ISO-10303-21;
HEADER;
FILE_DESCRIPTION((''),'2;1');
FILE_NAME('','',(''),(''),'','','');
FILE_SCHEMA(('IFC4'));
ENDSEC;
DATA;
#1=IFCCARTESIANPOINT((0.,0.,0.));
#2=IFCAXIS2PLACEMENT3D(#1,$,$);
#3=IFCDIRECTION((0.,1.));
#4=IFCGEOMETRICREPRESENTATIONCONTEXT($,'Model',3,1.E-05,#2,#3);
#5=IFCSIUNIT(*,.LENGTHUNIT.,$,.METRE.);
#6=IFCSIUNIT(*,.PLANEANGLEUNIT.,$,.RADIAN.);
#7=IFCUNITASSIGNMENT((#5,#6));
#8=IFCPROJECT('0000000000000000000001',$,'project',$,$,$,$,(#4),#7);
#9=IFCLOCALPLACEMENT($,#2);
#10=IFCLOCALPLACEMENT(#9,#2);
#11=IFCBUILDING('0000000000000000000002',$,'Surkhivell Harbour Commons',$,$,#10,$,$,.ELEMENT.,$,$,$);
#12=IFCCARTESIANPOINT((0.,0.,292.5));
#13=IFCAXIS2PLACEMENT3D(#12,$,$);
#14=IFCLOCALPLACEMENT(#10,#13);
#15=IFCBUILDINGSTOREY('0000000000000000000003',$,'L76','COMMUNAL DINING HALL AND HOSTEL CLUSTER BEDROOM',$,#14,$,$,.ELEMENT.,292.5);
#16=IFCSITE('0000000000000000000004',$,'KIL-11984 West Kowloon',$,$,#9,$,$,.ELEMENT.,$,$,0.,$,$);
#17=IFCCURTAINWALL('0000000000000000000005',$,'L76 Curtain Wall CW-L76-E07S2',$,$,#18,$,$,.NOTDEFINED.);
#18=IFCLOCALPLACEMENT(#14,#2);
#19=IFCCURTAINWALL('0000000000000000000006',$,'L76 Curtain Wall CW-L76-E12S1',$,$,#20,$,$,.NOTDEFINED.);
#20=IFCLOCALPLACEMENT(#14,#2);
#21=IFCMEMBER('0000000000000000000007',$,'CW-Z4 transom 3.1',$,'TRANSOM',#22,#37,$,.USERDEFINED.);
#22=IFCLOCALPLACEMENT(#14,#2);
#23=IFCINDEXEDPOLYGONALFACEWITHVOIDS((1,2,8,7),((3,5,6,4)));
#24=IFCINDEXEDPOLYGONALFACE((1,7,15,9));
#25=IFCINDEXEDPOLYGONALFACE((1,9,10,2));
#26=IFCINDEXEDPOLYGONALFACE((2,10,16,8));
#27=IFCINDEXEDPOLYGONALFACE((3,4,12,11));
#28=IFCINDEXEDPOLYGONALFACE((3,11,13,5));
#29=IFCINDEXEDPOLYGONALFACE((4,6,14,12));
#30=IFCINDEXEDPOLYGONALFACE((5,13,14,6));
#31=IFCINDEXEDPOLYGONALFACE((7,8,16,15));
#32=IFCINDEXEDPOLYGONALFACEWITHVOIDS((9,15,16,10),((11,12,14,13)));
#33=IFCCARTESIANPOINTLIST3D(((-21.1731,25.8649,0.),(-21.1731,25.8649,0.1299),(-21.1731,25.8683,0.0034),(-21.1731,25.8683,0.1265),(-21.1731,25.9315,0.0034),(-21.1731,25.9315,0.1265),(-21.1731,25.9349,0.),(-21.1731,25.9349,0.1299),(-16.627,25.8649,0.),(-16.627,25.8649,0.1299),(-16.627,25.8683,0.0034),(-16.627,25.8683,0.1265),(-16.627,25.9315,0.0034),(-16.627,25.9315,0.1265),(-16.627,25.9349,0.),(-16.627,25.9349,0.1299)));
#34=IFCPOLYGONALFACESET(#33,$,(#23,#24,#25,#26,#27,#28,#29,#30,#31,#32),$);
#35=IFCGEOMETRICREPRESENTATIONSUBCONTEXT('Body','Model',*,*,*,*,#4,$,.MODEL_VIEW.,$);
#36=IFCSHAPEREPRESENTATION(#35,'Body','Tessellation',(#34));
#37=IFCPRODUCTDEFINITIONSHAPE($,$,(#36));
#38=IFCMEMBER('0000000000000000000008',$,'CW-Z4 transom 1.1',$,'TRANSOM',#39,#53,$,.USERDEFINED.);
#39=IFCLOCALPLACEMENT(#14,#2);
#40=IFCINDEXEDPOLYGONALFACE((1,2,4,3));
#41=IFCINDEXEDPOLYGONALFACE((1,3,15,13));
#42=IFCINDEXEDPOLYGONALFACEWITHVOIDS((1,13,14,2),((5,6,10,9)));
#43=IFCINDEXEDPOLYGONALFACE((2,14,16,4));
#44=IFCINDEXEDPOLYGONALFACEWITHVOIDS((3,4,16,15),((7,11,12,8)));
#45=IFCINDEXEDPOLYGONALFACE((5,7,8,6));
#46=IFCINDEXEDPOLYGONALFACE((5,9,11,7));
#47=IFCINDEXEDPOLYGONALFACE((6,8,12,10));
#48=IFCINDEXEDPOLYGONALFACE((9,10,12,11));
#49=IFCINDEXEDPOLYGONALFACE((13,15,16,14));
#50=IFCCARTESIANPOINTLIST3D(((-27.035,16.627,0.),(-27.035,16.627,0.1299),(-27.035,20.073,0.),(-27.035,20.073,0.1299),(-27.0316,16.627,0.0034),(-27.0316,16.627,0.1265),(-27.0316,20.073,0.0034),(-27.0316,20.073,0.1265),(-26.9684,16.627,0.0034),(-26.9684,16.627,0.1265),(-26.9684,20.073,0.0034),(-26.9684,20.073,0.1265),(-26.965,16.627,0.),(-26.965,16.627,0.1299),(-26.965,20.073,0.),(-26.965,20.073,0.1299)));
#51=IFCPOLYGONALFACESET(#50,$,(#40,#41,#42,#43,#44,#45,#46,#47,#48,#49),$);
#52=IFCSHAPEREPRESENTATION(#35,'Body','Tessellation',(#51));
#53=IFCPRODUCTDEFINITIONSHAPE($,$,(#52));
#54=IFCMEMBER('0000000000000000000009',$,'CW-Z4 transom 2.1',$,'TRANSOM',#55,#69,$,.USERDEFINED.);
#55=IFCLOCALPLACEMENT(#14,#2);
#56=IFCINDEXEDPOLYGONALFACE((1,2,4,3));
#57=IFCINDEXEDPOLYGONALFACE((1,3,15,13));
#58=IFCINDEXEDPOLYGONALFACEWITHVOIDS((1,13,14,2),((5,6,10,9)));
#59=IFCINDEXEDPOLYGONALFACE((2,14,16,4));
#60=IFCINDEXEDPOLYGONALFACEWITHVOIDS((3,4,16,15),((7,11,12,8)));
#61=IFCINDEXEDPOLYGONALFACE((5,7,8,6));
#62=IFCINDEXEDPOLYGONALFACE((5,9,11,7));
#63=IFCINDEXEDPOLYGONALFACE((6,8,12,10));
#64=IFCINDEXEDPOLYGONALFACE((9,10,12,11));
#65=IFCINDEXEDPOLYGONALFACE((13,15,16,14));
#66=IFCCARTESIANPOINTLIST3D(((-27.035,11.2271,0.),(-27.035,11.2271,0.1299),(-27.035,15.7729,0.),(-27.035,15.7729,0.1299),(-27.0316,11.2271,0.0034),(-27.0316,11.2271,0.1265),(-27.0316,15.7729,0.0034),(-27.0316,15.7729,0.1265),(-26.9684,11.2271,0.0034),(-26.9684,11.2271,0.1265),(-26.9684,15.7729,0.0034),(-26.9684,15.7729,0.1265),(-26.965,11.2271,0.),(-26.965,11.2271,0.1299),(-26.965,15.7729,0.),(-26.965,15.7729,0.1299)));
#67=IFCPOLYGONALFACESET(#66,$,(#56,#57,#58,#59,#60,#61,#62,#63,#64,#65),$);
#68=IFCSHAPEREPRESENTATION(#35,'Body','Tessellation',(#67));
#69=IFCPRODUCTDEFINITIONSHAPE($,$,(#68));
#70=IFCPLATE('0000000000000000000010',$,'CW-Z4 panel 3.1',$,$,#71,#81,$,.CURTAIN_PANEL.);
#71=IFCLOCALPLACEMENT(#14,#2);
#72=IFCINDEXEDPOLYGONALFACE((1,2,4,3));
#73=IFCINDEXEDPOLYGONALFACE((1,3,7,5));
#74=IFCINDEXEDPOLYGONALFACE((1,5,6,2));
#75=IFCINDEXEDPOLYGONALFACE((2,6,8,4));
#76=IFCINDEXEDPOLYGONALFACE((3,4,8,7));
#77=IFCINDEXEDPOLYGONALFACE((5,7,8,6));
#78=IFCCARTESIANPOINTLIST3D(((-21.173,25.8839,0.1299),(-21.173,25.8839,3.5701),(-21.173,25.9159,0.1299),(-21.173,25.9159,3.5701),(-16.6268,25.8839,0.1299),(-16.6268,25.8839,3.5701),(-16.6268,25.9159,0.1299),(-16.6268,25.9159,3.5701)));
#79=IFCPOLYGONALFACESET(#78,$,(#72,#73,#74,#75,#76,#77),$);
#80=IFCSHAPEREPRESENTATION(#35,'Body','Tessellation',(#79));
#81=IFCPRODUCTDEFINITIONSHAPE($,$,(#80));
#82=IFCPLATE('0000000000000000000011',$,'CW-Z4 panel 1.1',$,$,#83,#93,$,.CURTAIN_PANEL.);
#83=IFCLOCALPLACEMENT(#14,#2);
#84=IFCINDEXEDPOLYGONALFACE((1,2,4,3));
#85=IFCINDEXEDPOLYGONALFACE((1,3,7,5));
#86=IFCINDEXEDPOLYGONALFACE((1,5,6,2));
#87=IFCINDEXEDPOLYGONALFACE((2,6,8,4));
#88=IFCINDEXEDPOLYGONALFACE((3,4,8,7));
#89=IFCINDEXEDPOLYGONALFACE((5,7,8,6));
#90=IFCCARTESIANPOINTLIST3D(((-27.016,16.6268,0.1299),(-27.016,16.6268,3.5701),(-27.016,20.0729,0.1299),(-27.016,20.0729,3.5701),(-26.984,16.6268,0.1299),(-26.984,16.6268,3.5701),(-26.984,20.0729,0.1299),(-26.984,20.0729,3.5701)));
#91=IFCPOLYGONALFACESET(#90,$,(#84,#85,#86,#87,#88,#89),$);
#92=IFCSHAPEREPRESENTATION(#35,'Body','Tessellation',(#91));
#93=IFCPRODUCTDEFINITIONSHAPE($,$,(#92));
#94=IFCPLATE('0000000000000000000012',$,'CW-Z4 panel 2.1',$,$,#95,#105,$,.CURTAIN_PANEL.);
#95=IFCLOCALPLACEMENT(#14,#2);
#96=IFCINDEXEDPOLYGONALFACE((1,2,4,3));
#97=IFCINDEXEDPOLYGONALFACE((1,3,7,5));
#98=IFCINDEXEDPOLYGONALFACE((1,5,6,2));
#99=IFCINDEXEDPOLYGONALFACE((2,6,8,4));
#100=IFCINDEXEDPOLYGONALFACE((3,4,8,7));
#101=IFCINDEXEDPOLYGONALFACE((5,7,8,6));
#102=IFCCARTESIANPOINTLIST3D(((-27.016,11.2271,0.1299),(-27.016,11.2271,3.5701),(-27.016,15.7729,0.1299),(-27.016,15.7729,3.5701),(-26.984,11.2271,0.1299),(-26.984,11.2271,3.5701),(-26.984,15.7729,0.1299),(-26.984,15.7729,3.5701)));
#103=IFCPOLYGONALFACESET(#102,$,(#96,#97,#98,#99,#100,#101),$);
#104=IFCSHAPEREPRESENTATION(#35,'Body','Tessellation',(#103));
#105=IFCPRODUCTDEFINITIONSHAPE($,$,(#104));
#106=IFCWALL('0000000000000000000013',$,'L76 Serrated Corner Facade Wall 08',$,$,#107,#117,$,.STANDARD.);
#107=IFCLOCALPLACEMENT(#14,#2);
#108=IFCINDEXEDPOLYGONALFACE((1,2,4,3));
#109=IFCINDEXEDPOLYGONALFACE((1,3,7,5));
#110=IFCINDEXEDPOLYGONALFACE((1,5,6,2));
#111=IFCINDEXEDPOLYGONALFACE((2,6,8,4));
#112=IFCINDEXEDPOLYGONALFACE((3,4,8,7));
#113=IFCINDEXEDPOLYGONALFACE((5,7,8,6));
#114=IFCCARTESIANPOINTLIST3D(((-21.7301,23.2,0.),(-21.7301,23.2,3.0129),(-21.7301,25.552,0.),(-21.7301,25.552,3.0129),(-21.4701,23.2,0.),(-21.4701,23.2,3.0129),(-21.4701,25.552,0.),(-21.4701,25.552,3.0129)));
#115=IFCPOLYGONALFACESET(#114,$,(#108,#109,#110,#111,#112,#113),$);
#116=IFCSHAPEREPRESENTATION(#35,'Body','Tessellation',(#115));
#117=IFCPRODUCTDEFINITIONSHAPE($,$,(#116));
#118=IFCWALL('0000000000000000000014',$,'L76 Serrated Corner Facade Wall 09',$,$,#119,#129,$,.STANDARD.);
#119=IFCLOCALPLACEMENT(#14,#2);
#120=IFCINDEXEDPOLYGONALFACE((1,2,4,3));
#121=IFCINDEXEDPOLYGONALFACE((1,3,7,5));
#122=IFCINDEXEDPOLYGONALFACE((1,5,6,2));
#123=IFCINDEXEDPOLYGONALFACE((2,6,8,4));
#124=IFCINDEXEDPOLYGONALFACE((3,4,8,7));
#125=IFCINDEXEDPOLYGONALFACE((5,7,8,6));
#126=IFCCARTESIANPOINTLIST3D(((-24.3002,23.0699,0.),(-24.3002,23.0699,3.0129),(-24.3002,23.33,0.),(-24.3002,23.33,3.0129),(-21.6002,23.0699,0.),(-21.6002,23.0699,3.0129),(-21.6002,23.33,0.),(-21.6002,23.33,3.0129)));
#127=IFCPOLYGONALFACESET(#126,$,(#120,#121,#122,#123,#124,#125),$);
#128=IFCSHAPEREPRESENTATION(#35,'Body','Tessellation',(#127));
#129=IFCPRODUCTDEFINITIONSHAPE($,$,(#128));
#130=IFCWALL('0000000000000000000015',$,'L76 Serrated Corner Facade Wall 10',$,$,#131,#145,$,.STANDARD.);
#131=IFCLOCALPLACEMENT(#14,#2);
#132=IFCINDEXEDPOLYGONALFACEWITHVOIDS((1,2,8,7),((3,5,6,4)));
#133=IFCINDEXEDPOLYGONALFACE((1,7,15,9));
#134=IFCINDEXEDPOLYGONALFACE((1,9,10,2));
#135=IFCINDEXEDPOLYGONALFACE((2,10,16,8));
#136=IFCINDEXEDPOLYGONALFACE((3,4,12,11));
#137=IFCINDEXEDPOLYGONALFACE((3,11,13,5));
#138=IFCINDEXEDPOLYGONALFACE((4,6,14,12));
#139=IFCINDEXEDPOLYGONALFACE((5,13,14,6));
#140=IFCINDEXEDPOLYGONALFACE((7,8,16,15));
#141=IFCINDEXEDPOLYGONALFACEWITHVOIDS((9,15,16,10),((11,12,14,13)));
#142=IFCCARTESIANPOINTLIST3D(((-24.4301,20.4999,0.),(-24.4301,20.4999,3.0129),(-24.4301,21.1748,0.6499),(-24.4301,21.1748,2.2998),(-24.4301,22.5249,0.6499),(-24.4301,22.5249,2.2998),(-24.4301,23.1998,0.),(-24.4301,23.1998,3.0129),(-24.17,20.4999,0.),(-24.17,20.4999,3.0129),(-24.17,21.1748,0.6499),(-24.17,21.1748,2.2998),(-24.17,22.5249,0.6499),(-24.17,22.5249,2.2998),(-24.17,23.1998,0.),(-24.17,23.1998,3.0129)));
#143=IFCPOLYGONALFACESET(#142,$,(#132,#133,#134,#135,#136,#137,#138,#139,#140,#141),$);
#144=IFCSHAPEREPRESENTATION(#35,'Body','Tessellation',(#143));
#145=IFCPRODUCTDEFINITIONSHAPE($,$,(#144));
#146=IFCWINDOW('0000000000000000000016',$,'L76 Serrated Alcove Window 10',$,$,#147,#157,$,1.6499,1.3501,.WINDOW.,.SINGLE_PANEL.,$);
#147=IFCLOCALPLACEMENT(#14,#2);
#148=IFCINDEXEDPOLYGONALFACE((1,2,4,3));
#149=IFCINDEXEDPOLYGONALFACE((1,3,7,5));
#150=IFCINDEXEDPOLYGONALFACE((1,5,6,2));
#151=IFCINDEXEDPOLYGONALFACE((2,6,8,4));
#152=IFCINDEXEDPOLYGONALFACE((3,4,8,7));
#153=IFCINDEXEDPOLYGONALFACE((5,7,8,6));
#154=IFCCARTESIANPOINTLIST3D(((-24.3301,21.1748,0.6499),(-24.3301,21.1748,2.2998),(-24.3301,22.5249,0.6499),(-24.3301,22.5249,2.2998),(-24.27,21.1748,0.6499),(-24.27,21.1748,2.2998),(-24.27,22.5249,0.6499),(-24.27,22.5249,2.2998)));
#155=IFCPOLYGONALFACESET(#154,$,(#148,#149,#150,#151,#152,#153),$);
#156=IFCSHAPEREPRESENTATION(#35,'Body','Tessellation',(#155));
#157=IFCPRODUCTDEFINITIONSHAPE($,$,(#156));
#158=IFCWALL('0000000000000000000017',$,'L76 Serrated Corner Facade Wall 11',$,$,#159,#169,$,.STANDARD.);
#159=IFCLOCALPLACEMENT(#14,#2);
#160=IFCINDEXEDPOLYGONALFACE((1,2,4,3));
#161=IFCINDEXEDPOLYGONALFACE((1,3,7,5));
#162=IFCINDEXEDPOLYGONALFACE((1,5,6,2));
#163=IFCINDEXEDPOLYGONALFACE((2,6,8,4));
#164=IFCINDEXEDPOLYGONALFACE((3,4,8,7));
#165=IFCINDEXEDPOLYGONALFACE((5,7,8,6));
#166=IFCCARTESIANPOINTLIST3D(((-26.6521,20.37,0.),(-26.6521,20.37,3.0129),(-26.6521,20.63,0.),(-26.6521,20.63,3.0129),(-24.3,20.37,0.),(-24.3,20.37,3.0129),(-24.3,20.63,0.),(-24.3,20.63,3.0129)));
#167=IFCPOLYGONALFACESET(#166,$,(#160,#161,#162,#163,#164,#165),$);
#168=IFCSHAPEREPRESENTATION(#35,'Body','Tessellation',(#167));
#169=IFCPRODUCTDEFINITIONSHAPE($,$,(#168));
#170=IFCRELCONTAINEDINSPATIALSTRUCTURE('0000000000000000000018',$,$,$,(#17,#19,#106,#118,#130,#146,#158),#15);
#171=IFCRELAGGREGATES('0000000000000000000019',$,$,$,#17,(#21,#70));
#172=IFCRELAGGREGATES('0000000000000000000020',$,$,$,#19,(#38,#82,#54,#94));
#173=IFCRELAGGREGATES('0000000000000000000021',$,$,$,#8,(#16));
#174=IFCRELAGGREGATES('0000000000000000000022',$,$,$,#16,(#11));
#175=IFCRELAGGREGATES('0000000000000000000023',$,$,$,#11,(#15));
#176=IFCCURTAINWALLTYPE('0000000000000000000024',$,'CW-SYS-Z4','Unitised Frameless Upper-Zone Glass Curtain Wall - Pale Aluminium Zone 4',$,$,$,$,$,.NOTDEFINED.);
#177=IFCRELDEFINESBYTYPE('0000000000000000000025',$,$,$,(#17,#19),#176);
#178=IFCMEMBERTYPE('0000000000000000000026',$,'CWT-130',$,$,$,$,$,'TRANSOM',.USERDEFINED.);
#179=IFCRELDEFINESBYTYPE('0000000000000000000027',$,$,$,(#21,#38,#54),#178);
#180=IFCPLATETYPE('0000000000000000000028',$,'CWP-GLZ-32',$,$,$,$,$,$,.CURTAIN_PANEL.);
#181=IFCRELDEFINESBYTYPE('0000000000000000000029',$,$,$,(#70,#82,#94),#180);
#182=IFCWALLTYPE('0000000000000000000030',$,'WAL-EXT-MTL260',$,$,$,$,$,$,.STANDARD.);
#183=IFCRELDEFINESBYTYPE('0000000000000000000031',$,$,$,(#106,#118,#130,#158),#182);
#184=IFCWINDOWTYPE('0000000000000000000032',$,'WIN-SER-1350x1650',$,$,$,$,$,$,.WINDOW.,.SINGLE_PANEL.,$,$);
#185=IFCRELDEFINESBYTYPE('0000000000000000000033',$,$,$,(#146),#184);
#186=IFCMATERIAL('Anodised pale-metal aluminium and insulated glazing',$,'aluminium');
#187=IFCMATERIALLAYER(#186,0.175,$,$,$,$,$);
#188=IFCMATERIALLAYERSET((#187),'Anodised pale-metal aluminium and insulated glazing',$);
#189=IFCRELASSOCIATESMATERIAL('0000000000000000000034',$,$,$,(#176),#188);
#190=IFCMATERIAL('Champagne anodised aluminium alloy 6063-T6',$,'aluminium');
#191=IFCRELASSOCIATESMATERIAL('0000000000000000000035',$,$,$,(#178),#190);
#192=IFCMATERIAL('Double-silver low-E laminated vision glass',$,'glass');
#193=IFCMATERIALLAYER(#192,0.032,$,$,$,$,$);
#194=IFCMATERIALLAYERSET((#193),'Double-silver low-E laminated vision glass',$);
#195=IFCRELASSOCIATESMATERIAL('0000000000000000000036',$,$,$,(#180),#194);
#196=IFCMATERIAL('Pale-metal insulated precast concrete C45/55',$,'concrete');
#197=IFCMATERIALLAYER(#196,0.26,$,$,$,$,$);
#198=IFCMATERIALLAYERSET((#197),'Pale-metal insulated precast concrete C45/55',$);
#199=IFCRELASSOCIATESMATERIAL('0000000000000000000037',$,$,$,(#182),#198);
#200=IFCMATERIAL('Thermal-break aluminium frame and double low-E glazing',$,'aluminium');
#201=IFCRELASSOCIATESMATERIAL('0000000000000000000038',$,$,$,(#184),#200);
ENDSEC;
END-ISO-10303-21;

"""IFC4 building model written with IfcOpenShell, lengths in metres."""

from ifc_helpers import new_model, si_unit, direction, frame, frame_2d, origin, origin_2d, place, context, subcontext, project, spatial, rectangle, hollow_rectangle, extrude, material, layer, layer_set, material_profile, profile_set, type_object, element, fill, aggregate, save


model = new_model("IFC4")

# Units and contexts
model_context = context("Model", 3, precision=1e-05, world=origin(), true_north=direction((0.0, 1.0)))
body_context = subcontext(model_context, "Body", "Model", "MODEL_VIEW")
ifc_project = project(units=[si_unit("LENGTHUNIT", "METRE"), si_unit("PLANEANGLEUNIT", "RADIAN")], contexts=[model_context])

# Site, building, storey
site_placement = place(None, origin())
site = spatial("IfcSite", under=ifc_project, at=site_placement, Name="KIL-11984 West Kowloon", CompositionType="ELEMENT", RefElevation=0.0)
building_placement = place(site_placement, origin())
building = spatial("IfcBuilding", under=site, at=building_placement, Name="Surkhivell Harbour Commons", CompositionType="ELEMENT")
storey_placement = place(building_placement, frame((0.0, 0.0, 292.5)))
storey = spatial("IfcBuildingStorey", under=building, at=storey_placement, Name="L76", Description="COMMUNAL DINING HALL AND HOSTEL CLUSTER BEDROOM", CompositionType="ELEMENT", Elevation=292.5)

# Curtain wall
ifc_material_1 = material(Name="Anodised pale-metal aluminium and insulated glazing", Category="aluminium")
ifc_layer_1 = layer(ifc_material_1, 0.175)
ifc_layer_set_1 = layer_set([ifc_layer_1], Name="Anodised pale-metal aluminium and insulated glazing")
curtain_wall_type = type_object("IfcCurtainWallType", Name="CW-SYS-Z4", Description="Unitised Frameless Upper-Zone Glass Curtain Wall - Pale Aluminium Zone 4", PredefinedType="NOTDEFINED", material=ifc_layer_set_1)
curtain_wall_1_placement = place(storey_placement, origin())
curtain_wall_1 = element("IfcCurtainWall", 1, at=curtain_wall_1_placement, inside=storey, type_object=curtain_wall_type, Name="L76 Curtain Wall CW-L76-E07S2", PredefinedType="NOTDEFINED")

# Curtain wall
curtain_wall_2_placement = place(storey_placement, origin())
curtain_wall_2 = element("IfcCurtainWall", 2, at=curtain_wall_2_placement, inside=storey, type_object=curtain_wall_type, Name="L76 Curtain Wall CW-L76-E12S1", PredefinedType="NOTDEFINED")

# Members
ifc_material_2 = material(Name="Champagne anodised aluminium alloy 6063-T6", Category="aluminium")
ifc_material_profile_1 = material_profile(ifc_material_2, hollow_rectangle(XDim=0.0701, YDim=0.1299, WallThickness=0.0034, at=origin_2d()), Name="ALU-TRAN-70x130")
ifc_profile_set_1 = profile_set([ifc_material_profile_1], Name="Champagne anodised aluminium alloy 6063-T6")
member_type_1 = type_object("IfcMemberType", Name="CWT-130", ElementType="TRANSOM", PredefinedType="USERDEFINED", material=ifc_profile_set_1)
member_1_placement = place(storey_placement, frame((-16.627, 25.8999, 0.0649), z_axis=(-1.0, 0.0, 0.0), x_axis=(0.0, -1.0, 0.0)))
member_1 = element("IfcMember", 3, at=member_1_placement, type_object=member_type_1, Name="CW-Z4 transom 3.1", ObjectType="TRANSOM", PredefinedType="USERDEFINED", context=body_context, shape_type="SweptSolid", body=[
    extrude(hollow_rectangle(XDim=0.0701, YDim=0.1299, WallThickness=0.0034, at=origin_2d()), origin(), (0.0, 0.0, 1.0), 4.5461),
])
member_2_placement = place(storey_placement, frame((-27.0, 20.073, 0.0649), z_axis=(0.0, -1.0, 0.0), x_axis=(1.0, 0.0, 0.0)))
member_2 = element("IfcMember", 4, at=member_2_placement, type_object=member_type_1, Name="CW-Z4 transom 1.1", ObjectType="TRANSOM", PredefinedType="USERDEFINED", context=body_context, shape_type="SweptSolid", body=[
    extrude(hollow_rectangle(XDim=0.0701, YDim=0.1299, WallThickness=0.0034, at=origin_2d()), origin(), (0.0, 0.0, 1.0), 3.446),
])
member_3_placement = place(storey_placement, frame((-27.0, 15.7729, 0.0649), z_axis=(0.0, -1.0, 0.0), x_axis=(1.0, 0.0, 0.0)))
member_3 = element("IfcMember", 5, at=member_3_placement, type_object=member_type_1, Name="CW-Z4 transom 2.1", ObjectType="TRANSOM", PredefinedType="USERDEFINED", context=body_context, shape_type="SweptSolid", body=[
    extrude(hollow_rectangle(XDim=0.0701, YDim=0.1299, WallThickness=0.0034, at=origin_2d()), origin(), (0.0, 0.0, 1.0), 4.5459),
])

# Plates
ifc_material_3 = material(Name="Double-silver low-E laminated vision glass", Category="glass")
ifc_layer_2 = layer(ifc_material_3, 0.032)
ifc_layer_set_2 = layer_set([ifc_layer_2], Name="Double-silver low-E laminated vision glass")
plate_type = type_object("IfcPlateType", Name="CWP-GLZ-32", PredefinedType="CURTAIN_PANEL", material=ifc_layer_set_2)
plate_1_placement = place(storey_placement, frame((-16.627, 25.8999, 0.1299), z_axis=(0.0, 0.0, 1.0), x_axis=(-1.0, 0.0, 0.0)))
plate_1 = element("IfcPlate", 6, at=plate_1_placement, type_object=plate_type, Name="CW-Z4 panel 3.1", PredefinedType="CURTAIN_PANEL", context=body_context, shape_type="SweptSolid", body=[
    extrude(rectangle(XDim=4.5461, YDim=0.032, at=frame_2d((2.2729, 0.0))), origin(), (0.0, 0.0, 1.0), 3.4402),
])
aggregate(curtain_wall_1, [member_1, plate_1])
plate_2_placement = place(storey_placement, frame((-27.0, 20.073, 0.1299), z_axis=(0.0, 0.0, 1.0), x_axis=(0.0, -1.0, 0.0)))
plate_2 = element("IfcPlate", 7, at=plate_2_placement, type_object=plate_type, Name="CW-Z4 panel 1.1", PredefinedType="CURTAIN_PANEL", context=body_context, shape_type="SweptSolid", body=[
    extrude(rectangle(XDim=3.446, YDim=0.032, at=frame_2d((1.7231, 0.0))), origin(), (0.0, 0.0, 1.0), 3.4402),
])
plate_3_placement = place(storey_placement, frame((-27.0, 15.7729, 0.1299), z_axis=(0.0, 0.0, 1.0), x_axis=(0.0, -1.0, 0.0)))
plate_3 = element("IfcPlate", 8, at=plate_3_placement, type_object=plate_type, Name="CW-Z4 panel 2.1", PredefinedType="CURTAIN_PANEL", context=body_context, shape_type="SweptSolid", body=[
    extrude(rectangle(XDim=4.5459, YDim=0.032, at=frame_2d((2.2729, 0.0))), origin(), (0.0, 0.0, 1.0), 3.4402),
])
aggregate(curtain_wall_2, [member_2, plate_2, member_3, plate_3])

# Walls
ifc_material_4 = material(Name="Pale-metal insulated precast concrete C45/55", Category="concrete")
ifc_layer_3 = layer(ifc_material_4, 0.26)
ifc_layer_set_3 = layer_set([ifc_layer_3], Name="Pale-metal insulated precast concrete C45/55")
wall_type = type_object("IfcWallType", Name="WAL-EXT-MTL260", PredefinedType="STANDARD", material=ifc_layer_set_3)
wall_1_placement = place(storey_placement, frame((-21.6001, 25.552, 0.0), z_axis=(0.0, 0.0, 1.0), x_axis=(0.0, -1.0, 0.0)))
element("IfcWall", 9, at=wall_1_placement, inside=storey, type_object=wall_type, Name="L76 Serrated Corner Facade Wall 08", PredefinedType="STANDARD", context=body_context, shape_type="SweptSolid", body=[
    extrude(rectangle(XDim=2.3521, YDim=0.26, at=frame_2d((1.176, 0.0))), origin(), (0.0, 0.0, 1.0), 3.0129),
])
wall_2_placement = place(storey_placement, frame((-21.6001, 23.2, 0.0), z_axis=(0.0, 0.0, 1.0), x_axis=(-1.0, 0.0, 0.0)))
element("IfcWall", 10, at=wall_2_placement, inside=storey, type_object=wall_type, Name="L76 Serrated Corner Facade Wall 09", PredefinedType="STANDARD", context=body_context, shape_type="SweptSolid", body=[
    extrude(rectangle(XDim=2.7, YDim=0.26, at=frame_2d((1.3501, 0.0))), origin(), (0.0, 0.0, 1.0), 3.0129),
])

# Wall, opening, window
wall_3_placement = place(storey_placement, frame((-24.3, 23.2, 0.0), z_axis=(0.0, 0.0, 1.0), x_axis=(0.0, -1.0, 0.0)))
wall_3 = element("IfcWall", 11, at=wall_3_placement, inside=storey, type_object=wall_type, Name="L76 Serrated Corner Facade Wall 10", PredefinedType="STANDARD", context=body_context, shape_type="SweptSolid", body=[
    extrude(rectangle(XDim=2.7, YDim=0.26, at=frame_2d((1.3501, 0.0))), origin(), (0.0, 0.0, 1.0), 3.0129),
])
opening_placement = place(wall_3_placement, frame((0.675, 0.0, 0.6499)))
opening = element("IfcOpeningElement", 12, at=opening_placement, cuts=wall_3, PredefinedType="OPENING", context=body_context, shape_type="SweptSolid", body=[
    extrude(rectangle(XDim=1.3501, YDim=1.6499, at=frame_2d((0.675, 0.825))), frame((0.0, 0.1399, 0.0), z_axis=(0.0, -1.0, 0.0), x_axis=(1.0, 0.0, 0.0)), (0.0, 0.0, 1.0), 0.28),
])
ifc_material_5 = material(Name="Thermal-break aluminium frame and double low-E glazing", Category="aluminium")
window_type = type_object("IfcWindowType", Name="WIN-SER-1350x1650", PartitioningType="SINGLE_PANEL", PredefinedType="WINDOW", material=ifc_material_5)
window_placement = place(opening_placement, origin())
window = element("IfcWindow", 13, at=window_placement, inside=storey, type_object=window_type, Name="L76 Serrated Alcove Window 10", OverallHeight=1.6499, OverallWidth=1.3501, PartitioningType="SINGLE_PANEL", PredefinedType="WINDOW", context=body_context, shape_type="SweptSolid", body=[
    extrude(rectangle(XDim=1.3501, YDim=1.6499, at=frame_2d((0.675, 0.825))), frame((0.0, 0.03, 0.0), z_axis=(0.0, -1.0, 0.0), x_axis=(1.0, 0.0, 0.0)), (0.0, 0.0, 1.0), 0.0601),
])
fill(opening, window)

# Wall
wall_4_placement = place(storey_placement, frame((-24.3, 20.5, 0.0), z_axis=(0.0, 0.0, 1.0), x_axis=(-1.0, 0.0, 0.0)))
element("IfcWall", 14, at=wall_4_placement, inside=storey, type_object=wall_type, Name="L76 Serrated Corner Facade Wall 11", PredefinedType="STANDARD", context=body_context, shape_type="SweptSolid", body=[
    extrude(rectangle(XDim=2.3521, YDim=0.26, at=frame_2d((1.176, 0.0))), origin(), (0.0, 0.0, 1.0), 3.0129),
])

save(model, "model.ifc")
